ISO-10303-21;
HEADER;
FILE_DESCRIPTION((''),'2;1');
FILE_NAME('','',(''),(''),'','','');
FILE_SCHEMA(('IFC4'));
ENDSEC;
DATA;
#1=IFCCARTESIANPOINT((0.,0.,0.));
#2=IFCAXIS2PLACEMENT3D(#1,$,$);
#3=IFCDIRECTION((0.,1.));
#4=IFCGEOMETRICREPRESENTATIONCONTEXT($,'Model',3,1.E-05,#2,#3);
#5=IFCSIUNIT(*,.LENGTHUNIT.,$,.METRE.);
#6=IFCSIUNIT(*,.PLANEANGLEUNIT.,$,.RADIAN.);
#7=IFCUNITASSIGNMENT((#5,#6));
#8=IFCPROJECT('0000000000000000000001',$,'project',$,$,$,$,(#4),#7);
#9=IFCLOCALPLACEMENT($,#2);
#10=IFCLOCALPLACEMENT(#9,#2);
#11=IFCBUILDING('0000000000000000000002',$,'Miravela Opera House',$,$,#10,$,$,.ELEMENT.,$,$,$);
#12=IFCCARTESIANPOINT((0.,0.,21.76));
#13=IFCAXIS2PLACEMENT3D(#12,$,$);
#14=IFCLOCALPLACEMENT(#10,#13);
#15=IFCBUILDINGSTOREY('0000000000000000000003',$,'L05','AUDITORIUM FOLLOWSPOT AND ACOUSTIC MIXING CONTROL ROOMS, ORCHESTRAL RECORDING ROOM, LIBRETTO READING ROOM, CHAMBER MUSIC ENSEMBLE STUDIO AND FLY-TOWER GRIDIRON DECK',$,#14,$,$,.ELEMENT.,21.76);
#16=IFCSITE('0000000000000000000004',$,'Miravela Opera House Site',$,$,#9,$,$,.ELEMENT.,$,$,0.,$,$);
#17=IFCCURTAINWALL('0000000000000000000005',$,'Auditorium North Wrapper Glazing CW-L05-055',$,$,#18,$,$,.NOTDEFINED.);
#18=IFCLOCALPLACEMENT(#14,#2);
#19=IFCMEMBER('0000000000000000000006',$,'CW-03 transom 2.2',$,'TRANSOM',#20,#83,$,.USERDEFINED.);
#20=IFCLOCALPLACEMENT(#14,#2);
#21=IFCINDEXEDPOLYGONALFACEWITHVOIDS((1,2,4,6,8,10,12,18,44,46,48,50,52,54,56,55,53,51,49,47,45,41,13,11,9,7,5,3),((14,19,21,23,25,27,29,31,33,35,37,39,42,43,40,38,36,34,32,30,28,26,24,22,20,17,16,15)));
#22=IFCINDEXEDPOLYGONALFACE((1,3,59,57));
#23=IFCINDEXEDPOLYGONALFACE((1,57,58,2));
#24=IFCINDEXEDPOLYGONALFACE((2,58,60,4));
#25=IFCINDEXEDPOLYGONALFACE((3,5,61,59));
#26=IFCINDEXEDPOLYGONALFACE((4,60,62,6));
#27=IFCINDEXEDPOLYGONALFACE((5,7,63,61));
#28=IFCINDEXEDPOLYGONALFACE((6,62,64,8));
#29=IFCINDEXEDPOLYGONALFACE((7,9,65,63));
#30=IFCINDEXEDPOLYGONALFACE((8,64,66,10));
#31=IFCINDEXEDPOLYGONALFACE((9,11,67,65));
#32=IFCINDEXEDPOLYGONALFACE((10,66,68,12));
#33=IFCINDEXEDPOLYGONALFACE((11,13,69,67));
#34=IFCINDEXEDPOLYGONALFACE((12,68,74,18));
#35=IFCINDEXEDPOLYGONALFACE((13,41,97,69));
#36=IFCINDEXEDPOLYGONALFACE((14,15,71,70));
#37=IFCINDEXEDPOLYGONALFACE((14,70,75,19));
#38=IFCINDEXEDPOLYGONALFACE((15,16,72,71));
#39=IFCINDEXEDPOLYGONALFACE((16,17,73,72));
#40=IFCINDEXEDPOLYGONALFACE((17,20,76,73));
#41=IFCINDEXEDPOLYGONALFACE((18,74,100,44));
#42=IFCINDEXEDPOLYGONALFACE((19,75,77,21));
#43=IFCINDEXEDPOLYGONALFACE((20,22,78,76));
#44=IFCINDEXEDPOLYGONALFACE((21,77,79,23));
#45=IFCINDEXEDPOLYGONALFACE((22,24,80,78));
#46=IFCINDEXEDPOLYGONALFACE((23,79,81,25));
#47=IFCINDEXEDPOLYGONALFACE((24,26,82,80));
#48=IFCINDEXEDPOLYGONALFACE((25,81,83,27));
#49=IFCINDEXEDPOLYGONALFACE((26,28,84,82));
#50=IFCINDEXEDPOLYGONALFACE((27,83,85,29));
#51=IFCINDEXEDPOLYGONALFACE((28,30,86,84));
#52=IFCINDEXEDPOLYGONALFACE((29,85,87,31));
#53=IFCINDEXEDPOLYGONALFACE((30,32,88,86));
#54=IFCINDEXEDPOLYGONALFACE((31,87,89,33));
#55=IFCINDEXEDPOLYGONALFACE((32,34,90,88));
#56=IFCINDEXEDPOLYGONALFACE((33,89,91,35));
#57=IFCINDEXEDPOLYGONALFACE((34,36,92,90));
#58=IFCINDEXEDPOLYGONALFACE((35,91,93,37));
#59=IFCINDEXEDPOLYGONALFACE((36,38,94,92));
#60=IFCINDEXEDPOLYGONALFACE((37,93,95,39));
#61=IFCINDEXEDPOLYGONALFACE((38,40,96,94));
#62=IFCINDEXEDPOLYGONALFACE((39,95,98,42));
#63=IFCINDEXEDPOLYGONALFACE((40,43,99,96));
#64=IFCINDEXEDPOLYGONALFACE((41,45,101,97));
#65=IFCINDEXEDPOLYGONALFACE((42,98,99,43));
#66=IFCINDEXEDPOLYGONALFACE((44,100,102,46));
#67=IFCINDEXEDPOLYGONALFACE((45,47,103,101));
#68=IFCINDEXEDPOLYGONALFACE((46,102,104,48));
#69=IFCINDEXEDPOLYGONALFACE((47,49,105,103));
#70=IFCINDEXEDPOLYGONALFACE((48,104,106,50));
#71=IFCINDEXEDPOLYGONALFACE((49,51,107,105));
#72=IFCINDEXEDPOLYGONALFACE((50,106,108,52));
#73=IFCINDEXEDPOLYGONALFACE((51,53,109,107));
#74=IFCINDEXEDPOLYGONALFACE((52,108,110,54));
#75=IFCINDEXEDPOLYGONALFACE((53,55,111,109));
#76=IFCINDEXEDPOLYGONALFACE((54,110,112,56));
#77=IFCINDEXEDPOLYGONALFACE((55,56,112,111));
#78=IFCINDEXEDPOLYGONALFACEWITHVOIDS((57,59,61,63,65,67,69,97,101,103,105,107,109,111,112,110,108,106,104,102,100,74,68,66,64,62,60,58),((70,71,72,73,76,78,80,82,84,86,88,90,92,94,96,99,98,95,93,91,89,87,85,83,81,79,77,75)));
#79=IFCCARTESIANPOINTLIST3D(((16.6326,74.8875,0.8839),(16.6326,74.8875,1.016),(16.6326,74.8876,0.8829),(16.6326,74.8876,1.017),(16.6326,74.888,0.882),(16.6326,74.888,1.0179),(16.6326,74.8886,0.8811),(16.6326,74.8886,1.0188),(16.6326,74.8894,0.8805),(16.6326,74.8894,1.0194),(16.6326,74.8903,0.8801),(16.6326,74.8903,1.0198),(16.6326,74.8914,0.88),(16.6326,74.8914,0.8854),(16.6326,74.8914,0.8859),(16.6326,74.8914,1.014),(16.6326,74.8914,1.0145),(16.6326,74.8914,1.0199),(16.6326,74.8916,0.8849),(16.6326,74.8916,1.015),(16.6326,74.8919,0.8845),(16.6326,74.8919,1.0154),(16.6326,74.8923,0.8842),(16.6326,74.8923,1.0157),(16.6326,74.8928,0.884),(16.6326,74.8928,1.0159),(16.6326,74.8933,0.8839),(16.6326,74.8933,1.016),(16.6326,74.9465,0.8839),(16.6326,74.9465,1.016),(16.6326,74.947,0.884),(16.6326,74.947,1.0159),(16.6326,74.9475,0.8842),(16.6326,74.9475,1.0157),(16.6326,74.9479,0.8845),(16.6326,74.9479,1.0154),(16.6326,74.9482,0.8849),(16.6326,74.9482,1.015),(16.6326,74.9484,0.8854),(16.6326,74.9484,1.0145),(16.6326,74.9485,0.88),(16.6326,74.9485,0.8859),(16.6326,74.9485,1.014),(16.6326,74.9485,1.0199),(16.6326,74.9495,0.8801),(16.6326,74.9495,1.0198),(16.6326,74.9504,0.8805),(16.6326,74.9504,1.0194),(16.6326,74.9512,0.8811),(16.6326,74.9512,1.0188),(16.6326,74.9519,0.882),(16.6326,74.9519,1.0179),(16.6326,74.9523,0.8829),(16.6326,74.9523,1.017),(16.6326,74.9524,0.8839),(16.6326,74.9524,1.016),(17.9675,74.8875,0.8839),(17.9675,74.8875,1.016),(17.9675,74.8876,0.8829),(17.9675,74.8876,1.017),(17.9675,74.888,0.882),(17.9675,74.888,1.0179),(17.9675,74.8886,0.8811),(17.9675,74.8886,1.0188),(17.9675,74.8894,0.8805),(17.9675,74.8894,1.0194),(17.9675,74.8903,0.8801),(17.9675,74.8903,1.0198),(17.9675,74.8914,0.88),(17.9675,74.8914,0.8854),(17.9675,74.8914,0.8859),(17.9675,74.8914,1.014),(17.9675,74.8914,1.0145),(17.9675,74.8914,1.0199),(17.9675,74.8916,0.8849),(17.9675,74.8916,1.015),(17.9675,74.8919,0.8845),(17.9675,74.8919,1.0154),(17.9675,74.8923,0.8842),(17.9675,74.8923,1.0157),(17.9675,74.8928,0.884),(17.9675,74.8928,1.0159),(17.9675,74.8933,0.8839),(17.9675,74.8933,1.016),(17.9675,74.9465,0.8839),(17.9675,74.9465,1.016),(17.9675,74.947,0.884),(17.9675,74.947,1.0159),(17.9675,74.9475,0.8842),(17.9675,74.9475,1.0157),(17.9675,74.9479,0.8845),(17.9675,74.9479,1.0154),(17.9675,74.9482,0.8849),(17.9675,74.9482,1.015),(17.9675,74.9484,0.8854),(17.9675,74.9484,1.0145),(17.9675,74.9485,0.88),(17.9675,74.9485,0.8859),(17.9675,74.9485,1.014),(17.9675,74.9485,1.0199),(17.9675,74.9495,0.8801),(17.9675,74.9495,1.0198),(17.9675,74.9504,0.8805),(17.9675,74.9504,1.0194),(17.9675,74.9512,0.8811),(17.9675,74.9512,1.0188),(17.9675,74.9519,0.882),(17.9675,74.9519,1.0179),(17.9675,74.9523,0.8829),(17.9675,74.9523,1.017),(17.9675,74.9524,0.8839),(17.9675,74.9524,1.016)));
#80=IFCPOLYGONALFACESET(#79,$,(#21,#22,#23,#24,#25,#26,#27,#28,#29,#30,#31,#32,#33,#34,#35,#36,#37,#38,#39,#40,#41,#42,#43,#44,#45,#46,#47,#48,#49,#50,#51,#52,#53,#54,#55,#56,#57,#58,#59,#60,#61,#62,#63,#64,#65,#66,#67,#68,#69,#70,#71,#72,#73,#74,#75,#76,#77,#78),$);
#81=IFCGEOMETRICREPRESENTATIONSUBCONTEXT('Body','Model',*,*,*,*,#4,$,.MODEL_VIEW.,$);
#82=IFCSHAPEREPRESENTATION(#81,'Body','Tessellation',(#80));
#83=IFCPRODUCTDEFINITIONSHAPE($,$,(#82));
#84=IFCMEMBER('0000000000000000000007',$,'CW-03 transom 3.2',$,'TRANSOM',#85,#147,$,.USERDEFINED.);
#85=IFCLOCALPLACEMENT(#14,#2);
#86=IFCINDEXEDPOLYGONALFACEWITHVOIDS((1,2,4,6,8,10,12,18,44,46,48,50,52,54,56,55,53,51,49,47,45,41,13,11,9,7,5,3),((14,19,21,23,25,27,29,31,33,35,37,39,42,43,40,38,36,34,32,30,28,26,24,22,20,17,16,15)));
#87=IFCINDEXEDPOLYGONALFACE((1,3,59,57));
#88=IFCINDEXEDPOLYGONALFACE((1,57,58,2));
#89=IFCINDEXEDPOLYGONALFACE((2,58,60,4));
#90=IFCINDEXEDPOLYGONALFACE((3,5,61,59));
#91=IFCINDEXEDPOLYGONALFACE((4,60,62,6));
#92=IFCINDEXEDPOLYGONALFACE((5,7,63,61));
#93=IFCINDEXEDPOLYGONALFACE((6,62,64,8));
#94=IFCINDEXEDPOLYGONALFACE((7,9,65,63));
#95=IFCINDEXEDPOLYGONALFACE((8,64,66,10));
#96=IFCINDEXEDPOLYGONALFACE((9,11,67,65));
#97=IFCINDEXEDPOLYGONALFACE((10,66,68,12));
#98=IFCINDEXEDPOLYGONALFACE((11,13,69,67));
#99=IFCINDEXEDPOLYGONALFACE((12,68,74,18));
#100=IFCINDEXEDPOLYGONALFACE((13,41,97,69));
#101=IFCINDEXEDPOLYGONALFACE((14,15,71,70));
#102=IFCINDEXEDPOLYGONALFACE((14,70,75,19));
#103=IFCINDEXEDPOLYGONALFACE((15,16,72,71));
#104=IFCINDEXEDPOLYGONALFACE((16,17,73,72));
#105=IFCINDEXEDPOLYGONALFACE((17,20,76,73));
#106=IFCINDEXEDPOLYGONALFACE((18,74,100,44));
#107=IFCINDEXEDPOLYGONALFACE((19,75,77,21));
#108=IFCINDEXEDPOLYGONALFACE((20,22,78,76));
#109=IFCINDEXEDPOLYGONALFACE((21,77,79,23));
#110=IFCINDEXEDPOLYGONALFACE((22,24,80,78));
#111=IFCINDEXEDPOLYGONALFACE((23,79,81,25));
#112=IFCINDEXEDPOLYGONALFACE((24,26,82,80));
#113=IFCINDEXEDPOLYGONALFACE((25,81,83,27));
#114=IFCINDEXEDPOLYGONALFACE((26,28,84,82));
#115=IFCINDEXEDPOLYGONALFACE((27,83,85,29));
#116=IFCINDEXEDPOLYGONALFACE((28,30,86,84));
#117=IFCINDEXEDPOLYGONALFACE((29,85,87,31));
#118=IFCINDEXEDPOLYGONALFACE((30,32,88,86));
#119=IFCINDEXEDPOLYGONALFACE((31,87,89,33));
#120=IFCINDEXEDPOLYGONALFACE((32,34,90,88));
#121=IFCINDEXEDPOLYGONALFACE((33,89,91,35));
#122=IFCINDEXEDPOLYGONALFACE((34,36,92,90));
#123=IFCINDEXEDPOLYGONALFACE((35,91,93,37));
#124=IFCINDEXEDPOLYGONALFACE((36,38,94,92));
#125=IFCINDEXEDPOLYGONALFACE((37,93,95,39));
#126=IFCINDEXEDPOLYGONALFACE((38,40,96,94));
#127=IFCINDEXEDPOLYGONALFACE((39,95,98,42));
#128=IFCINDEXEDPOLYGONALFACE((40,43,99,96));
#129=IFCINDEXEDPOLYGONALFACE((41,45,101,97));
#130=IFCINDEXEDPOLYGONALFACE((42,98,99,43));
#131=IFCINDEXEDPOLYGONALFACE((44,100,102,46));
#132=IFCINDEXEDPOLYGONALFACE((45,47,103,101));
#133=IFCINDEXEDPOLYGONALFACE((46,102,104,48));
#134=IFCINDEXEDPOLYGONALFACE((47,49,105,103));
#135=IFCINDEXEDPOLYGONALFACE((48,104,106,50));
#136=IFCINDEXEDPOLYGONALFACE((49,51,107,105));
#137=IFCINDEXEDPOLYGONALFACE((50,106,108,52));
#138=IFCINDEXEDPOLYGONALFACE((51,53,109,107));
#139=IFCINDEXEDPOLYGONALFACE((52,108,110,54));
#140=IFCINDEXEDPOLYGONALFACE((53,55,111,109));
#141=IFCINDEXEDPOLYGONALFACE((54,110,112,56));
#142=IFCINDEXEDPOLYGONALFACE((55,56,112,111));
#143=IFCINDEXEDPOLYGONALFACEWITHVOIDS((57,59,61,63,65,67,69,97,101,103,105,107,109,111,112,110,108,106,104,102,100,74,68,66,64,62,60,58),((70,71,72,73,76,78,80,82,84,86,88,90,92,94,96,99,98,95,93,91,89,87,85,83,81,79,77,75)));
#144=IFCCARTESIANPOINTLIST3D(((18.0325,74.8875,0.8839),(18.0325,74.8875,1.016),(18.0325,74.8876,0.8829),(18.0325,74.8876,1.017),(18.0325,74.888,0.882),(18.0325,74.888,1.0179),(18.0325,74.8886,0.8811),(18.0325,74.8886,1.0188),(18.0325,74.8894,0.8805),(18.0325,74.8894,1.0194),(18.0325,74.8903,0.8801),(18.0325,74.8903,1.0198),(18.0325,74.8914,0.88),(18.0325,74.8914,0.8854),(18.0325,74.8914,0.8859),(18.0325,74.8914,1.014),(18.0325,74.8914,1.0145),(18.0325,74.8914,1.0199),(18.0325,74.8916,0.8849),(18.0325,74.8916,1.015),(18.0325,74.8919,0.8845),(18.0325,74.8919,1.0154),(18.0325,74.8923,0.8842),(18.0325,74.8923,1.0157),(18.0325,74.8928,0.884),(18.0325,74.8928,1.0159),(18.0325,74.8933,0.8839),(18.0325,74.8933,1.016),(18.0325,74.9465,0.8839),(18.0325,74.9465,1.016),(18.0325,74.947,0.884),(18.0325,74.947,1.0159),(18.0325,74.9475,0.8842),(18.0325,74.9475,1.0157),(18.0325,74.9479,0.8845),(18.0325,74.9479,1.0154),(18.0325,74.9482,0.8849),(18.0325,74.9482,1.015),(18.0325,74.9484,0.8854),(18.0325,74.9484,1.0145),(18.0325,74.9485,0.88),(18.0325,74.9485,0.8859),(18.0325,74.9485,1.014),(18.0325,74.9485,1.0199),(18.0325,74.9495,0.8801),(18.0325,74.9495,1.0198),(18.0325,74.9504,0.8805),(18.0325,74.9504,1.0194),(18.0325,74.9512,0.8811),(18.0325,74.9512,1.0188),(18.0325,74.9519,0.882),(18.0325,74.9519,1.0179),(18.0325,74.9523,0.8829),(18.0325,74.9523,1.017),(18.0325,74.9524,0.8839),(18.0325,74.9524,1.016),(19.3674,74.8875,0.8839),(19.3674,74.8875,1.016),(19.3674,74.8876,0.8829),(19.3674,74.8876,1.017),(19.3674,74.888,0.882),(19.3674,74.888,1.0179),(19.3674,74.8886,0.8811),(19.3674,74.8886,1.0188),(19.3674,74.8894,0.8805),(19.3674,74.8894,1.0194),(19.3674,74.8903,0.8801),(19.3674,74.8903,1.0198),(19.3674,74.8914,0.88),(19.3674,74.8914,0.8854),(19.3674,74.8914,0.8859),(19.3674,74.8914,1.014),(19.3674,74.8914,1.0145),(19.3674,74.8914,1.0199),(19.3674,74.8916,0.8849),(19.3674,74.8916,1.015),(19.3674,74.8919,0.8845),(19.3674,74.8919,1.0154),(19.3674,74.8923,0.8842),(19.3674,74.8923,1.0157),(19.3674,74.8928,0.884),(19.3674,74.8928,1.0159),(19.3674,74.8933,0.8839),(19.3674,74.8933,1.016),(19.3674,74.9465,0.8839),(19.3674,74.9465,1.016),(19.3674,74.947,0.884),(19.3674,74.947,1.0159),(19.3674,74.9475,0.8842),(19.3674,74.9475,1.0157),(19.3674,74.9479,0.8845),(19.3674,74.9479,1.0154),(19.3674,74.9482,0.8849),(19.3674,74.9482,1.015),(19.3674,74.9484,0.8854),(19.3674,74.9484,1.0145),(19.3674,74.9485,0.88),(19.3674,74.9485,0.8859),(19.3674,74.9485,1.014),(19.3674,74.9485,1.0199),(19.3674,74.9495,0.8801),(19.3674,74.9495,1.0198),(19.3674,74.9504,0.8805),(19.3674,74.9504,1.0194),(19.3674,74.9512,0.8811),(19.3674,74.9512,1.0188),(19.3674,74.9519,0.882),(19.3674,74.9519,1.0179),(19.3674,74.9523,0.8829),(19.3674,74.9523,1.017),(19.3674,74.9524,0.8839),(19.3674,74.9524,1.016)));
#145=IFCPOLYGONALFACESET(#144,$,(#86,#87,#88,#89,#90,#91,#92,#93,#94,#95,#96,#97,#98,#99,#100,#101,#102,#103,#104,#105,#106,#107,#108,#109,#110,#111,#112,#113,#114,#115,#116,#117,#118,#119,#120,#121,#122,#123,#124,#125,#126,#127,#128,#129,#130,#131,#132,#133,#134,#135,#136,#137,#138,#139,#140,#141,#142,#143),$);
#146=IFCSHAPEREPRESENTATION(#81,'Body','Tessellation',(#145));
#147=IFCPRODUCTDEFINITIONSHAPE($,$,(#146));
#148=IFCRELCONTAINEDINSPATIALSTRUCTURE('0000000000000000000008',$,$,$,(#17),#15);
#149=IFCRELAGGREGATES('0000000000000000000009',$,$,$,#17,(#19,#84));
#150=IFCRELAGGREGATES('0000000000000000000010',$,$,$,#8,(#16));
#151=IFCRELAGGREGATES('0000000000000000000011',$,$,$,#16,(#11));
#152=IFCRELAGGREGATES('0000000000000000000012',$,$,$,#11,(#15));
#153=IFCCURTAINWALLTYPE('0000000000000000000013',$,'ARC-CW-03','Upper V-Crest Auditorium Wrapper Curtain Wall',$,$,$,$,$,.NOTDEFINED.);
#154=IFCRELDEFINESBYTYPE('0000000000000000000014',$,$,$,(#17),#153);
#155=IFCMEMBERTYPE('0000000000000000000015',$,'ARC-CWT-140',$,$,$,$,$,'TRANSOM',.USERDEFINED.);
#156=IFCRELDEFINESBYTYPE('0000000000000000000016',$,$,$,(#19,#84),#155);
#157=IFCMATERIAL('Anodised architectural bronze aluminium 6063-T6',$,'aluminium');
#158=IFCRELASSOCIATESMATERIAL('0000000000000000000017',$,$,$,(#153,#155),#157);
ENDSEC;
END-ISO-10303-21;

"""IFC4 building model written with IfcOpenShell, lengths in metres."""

from ifc_helpers import new_model, si_unit, direction, frame, origin, origin_2d, place, context, subcontext, project, spatial, hollow_rectangle, extrude, material, material_profile, profile_set, type_object, element, aggregate, save


model = new_model("IFC4")

# Units and contexts
model_context = context("Model", 3, precision=1e-05, world=origin(), true_north=direction((0.0, 1.0)))
body_context = subcontext(model_context, "Body", "Model", "MODEL_VIEW")
ifc_project = project(units=[si_unit("LENGTHUNIT", "METRE"), si_unit("PLANEANGLEUNIT", "RADIAN")], contexts=[model_context])

# Site, building, storey
site_placement = place(None, origin())
site = spatial("IfcSite", under=ifc_project, at=site_placement, Name="Miravela Opera House Site", CompositionType="ELEMENT", RefElevation=0.0)
building_placement = place(site_placement, origin())
building = spatial("IfcBuilding", under=site, at=building_placement, Name="Miravela Opera House", CompositionType="ELEMENT")
storey_placement = place(building_placement, frame((0.0, 0.0, 21.76)))
storey = spatial("IfcBuildingStorey", under=building, at=storey_placement, Name="L05", Description="AUDITORIUM FOLLOWSPOT AND ACOUSTIC MIXING CONTROL ROOMS, ORCHESTRAL RECORDING ROOM, LIBRETTO READING ROOM, CHAMBER MUSIC ENSEMBLE STUDIO AND FLY-TOWER GRIDIRON DECK", CompositionType="ELEMENT", Elevation=21.76)

# Curtain wall, members
ifc_material_1 = material(Name="Anodised architectural bronze aluminium 6063-T6", Category="aluminium")
curtain_wall_type = type_object("IfcCurtainWallType", Name="ARC-CW-03", Description="Upper V-Crest Auditorium Wrapper Curtain Wall", PredefinedType="NOTDEFINED", material=ifc_material_1)
ifc_material_profile_1 = material_profile(ifc_material_1, hollow_rectangle(XDim=0.0649, YDim=0.1399, WallThickness=0.0039, InnerFilletRadius=0.002, OuterFilletRadius=0.0039, at=origin_2d()), Name="CWT-65X140")
ifc_profile_set_1 = profile_set([ifc_material_profile_1])
member_type_1 = type_object("IfcMemberType", Name="ARC-CWT-140", ElementType="TRANSOM", PredefinedType="USERDEFINED", material=ifc_profile_set_1)
curtain_wall_1_placement = place(storey_placement, origin())
curtain_wall_1 = element("IfcCurtainWall", 1, at=curtain_wall_1_placement, inside=storey, type_object=curtain_wall_type, Name="Auditorium North Wrapper Glazing CW-L05-055", PredefinedType="NOTDEFINED")
member_1_placement = place(storey_placement, frame((16.6326, 74.9199, 0.95), z_axis=(1.0, 0.0, 0.0), x_axis=(0.0, 1.0, 0.0)))
member_1 = element("IfcMember", 2, at=member_1_placement, type_object=member_type_1, Name="CW-03 transom 2.2", ObjectType="TRANSOM", PredefinedType="USERDEFINED", context=body_context, shape_type="SweptSolid", body=[
    extrude(hollow_rectangle(XDim=0.0649, YDim=0.1399, WallThickness=0.0039, InnerFilletRadius=0.002, OuterFilletRadius=0.0039, at=origin_2d()), origin(), (0.0, 0.0, 1.0), 1.335),
])
member_2_placement = place(storey_placement, frame((18.0325, 74.9199, 0.95), z_axis=(1.0, 0.0, 0.0), x_axis=(0.0, 1.0, 0.0)))
member_2 = element("IfcMember", 3, at=member_2_placement, type_object=member_type_1, Name="CW-03 transom 3.2", ObjectType="TRANSOM", PredefinedType="USERDEFINED", context=body_context, shape_type="SweptSolid", body=[
    extrude(hollow_rectangle(XDim=0.0649, YDim=0.1399, WallThickness=0.0039, InnerFilletRadius=0.002, OuterFilletRadius=0.0039, at=origin_2d()), origin(), (0.0, 0.0, 1.0), 1.335),
])

aggregate(curtain_wall_1, [member_1, member_2])

save(model, "model.ifc")
